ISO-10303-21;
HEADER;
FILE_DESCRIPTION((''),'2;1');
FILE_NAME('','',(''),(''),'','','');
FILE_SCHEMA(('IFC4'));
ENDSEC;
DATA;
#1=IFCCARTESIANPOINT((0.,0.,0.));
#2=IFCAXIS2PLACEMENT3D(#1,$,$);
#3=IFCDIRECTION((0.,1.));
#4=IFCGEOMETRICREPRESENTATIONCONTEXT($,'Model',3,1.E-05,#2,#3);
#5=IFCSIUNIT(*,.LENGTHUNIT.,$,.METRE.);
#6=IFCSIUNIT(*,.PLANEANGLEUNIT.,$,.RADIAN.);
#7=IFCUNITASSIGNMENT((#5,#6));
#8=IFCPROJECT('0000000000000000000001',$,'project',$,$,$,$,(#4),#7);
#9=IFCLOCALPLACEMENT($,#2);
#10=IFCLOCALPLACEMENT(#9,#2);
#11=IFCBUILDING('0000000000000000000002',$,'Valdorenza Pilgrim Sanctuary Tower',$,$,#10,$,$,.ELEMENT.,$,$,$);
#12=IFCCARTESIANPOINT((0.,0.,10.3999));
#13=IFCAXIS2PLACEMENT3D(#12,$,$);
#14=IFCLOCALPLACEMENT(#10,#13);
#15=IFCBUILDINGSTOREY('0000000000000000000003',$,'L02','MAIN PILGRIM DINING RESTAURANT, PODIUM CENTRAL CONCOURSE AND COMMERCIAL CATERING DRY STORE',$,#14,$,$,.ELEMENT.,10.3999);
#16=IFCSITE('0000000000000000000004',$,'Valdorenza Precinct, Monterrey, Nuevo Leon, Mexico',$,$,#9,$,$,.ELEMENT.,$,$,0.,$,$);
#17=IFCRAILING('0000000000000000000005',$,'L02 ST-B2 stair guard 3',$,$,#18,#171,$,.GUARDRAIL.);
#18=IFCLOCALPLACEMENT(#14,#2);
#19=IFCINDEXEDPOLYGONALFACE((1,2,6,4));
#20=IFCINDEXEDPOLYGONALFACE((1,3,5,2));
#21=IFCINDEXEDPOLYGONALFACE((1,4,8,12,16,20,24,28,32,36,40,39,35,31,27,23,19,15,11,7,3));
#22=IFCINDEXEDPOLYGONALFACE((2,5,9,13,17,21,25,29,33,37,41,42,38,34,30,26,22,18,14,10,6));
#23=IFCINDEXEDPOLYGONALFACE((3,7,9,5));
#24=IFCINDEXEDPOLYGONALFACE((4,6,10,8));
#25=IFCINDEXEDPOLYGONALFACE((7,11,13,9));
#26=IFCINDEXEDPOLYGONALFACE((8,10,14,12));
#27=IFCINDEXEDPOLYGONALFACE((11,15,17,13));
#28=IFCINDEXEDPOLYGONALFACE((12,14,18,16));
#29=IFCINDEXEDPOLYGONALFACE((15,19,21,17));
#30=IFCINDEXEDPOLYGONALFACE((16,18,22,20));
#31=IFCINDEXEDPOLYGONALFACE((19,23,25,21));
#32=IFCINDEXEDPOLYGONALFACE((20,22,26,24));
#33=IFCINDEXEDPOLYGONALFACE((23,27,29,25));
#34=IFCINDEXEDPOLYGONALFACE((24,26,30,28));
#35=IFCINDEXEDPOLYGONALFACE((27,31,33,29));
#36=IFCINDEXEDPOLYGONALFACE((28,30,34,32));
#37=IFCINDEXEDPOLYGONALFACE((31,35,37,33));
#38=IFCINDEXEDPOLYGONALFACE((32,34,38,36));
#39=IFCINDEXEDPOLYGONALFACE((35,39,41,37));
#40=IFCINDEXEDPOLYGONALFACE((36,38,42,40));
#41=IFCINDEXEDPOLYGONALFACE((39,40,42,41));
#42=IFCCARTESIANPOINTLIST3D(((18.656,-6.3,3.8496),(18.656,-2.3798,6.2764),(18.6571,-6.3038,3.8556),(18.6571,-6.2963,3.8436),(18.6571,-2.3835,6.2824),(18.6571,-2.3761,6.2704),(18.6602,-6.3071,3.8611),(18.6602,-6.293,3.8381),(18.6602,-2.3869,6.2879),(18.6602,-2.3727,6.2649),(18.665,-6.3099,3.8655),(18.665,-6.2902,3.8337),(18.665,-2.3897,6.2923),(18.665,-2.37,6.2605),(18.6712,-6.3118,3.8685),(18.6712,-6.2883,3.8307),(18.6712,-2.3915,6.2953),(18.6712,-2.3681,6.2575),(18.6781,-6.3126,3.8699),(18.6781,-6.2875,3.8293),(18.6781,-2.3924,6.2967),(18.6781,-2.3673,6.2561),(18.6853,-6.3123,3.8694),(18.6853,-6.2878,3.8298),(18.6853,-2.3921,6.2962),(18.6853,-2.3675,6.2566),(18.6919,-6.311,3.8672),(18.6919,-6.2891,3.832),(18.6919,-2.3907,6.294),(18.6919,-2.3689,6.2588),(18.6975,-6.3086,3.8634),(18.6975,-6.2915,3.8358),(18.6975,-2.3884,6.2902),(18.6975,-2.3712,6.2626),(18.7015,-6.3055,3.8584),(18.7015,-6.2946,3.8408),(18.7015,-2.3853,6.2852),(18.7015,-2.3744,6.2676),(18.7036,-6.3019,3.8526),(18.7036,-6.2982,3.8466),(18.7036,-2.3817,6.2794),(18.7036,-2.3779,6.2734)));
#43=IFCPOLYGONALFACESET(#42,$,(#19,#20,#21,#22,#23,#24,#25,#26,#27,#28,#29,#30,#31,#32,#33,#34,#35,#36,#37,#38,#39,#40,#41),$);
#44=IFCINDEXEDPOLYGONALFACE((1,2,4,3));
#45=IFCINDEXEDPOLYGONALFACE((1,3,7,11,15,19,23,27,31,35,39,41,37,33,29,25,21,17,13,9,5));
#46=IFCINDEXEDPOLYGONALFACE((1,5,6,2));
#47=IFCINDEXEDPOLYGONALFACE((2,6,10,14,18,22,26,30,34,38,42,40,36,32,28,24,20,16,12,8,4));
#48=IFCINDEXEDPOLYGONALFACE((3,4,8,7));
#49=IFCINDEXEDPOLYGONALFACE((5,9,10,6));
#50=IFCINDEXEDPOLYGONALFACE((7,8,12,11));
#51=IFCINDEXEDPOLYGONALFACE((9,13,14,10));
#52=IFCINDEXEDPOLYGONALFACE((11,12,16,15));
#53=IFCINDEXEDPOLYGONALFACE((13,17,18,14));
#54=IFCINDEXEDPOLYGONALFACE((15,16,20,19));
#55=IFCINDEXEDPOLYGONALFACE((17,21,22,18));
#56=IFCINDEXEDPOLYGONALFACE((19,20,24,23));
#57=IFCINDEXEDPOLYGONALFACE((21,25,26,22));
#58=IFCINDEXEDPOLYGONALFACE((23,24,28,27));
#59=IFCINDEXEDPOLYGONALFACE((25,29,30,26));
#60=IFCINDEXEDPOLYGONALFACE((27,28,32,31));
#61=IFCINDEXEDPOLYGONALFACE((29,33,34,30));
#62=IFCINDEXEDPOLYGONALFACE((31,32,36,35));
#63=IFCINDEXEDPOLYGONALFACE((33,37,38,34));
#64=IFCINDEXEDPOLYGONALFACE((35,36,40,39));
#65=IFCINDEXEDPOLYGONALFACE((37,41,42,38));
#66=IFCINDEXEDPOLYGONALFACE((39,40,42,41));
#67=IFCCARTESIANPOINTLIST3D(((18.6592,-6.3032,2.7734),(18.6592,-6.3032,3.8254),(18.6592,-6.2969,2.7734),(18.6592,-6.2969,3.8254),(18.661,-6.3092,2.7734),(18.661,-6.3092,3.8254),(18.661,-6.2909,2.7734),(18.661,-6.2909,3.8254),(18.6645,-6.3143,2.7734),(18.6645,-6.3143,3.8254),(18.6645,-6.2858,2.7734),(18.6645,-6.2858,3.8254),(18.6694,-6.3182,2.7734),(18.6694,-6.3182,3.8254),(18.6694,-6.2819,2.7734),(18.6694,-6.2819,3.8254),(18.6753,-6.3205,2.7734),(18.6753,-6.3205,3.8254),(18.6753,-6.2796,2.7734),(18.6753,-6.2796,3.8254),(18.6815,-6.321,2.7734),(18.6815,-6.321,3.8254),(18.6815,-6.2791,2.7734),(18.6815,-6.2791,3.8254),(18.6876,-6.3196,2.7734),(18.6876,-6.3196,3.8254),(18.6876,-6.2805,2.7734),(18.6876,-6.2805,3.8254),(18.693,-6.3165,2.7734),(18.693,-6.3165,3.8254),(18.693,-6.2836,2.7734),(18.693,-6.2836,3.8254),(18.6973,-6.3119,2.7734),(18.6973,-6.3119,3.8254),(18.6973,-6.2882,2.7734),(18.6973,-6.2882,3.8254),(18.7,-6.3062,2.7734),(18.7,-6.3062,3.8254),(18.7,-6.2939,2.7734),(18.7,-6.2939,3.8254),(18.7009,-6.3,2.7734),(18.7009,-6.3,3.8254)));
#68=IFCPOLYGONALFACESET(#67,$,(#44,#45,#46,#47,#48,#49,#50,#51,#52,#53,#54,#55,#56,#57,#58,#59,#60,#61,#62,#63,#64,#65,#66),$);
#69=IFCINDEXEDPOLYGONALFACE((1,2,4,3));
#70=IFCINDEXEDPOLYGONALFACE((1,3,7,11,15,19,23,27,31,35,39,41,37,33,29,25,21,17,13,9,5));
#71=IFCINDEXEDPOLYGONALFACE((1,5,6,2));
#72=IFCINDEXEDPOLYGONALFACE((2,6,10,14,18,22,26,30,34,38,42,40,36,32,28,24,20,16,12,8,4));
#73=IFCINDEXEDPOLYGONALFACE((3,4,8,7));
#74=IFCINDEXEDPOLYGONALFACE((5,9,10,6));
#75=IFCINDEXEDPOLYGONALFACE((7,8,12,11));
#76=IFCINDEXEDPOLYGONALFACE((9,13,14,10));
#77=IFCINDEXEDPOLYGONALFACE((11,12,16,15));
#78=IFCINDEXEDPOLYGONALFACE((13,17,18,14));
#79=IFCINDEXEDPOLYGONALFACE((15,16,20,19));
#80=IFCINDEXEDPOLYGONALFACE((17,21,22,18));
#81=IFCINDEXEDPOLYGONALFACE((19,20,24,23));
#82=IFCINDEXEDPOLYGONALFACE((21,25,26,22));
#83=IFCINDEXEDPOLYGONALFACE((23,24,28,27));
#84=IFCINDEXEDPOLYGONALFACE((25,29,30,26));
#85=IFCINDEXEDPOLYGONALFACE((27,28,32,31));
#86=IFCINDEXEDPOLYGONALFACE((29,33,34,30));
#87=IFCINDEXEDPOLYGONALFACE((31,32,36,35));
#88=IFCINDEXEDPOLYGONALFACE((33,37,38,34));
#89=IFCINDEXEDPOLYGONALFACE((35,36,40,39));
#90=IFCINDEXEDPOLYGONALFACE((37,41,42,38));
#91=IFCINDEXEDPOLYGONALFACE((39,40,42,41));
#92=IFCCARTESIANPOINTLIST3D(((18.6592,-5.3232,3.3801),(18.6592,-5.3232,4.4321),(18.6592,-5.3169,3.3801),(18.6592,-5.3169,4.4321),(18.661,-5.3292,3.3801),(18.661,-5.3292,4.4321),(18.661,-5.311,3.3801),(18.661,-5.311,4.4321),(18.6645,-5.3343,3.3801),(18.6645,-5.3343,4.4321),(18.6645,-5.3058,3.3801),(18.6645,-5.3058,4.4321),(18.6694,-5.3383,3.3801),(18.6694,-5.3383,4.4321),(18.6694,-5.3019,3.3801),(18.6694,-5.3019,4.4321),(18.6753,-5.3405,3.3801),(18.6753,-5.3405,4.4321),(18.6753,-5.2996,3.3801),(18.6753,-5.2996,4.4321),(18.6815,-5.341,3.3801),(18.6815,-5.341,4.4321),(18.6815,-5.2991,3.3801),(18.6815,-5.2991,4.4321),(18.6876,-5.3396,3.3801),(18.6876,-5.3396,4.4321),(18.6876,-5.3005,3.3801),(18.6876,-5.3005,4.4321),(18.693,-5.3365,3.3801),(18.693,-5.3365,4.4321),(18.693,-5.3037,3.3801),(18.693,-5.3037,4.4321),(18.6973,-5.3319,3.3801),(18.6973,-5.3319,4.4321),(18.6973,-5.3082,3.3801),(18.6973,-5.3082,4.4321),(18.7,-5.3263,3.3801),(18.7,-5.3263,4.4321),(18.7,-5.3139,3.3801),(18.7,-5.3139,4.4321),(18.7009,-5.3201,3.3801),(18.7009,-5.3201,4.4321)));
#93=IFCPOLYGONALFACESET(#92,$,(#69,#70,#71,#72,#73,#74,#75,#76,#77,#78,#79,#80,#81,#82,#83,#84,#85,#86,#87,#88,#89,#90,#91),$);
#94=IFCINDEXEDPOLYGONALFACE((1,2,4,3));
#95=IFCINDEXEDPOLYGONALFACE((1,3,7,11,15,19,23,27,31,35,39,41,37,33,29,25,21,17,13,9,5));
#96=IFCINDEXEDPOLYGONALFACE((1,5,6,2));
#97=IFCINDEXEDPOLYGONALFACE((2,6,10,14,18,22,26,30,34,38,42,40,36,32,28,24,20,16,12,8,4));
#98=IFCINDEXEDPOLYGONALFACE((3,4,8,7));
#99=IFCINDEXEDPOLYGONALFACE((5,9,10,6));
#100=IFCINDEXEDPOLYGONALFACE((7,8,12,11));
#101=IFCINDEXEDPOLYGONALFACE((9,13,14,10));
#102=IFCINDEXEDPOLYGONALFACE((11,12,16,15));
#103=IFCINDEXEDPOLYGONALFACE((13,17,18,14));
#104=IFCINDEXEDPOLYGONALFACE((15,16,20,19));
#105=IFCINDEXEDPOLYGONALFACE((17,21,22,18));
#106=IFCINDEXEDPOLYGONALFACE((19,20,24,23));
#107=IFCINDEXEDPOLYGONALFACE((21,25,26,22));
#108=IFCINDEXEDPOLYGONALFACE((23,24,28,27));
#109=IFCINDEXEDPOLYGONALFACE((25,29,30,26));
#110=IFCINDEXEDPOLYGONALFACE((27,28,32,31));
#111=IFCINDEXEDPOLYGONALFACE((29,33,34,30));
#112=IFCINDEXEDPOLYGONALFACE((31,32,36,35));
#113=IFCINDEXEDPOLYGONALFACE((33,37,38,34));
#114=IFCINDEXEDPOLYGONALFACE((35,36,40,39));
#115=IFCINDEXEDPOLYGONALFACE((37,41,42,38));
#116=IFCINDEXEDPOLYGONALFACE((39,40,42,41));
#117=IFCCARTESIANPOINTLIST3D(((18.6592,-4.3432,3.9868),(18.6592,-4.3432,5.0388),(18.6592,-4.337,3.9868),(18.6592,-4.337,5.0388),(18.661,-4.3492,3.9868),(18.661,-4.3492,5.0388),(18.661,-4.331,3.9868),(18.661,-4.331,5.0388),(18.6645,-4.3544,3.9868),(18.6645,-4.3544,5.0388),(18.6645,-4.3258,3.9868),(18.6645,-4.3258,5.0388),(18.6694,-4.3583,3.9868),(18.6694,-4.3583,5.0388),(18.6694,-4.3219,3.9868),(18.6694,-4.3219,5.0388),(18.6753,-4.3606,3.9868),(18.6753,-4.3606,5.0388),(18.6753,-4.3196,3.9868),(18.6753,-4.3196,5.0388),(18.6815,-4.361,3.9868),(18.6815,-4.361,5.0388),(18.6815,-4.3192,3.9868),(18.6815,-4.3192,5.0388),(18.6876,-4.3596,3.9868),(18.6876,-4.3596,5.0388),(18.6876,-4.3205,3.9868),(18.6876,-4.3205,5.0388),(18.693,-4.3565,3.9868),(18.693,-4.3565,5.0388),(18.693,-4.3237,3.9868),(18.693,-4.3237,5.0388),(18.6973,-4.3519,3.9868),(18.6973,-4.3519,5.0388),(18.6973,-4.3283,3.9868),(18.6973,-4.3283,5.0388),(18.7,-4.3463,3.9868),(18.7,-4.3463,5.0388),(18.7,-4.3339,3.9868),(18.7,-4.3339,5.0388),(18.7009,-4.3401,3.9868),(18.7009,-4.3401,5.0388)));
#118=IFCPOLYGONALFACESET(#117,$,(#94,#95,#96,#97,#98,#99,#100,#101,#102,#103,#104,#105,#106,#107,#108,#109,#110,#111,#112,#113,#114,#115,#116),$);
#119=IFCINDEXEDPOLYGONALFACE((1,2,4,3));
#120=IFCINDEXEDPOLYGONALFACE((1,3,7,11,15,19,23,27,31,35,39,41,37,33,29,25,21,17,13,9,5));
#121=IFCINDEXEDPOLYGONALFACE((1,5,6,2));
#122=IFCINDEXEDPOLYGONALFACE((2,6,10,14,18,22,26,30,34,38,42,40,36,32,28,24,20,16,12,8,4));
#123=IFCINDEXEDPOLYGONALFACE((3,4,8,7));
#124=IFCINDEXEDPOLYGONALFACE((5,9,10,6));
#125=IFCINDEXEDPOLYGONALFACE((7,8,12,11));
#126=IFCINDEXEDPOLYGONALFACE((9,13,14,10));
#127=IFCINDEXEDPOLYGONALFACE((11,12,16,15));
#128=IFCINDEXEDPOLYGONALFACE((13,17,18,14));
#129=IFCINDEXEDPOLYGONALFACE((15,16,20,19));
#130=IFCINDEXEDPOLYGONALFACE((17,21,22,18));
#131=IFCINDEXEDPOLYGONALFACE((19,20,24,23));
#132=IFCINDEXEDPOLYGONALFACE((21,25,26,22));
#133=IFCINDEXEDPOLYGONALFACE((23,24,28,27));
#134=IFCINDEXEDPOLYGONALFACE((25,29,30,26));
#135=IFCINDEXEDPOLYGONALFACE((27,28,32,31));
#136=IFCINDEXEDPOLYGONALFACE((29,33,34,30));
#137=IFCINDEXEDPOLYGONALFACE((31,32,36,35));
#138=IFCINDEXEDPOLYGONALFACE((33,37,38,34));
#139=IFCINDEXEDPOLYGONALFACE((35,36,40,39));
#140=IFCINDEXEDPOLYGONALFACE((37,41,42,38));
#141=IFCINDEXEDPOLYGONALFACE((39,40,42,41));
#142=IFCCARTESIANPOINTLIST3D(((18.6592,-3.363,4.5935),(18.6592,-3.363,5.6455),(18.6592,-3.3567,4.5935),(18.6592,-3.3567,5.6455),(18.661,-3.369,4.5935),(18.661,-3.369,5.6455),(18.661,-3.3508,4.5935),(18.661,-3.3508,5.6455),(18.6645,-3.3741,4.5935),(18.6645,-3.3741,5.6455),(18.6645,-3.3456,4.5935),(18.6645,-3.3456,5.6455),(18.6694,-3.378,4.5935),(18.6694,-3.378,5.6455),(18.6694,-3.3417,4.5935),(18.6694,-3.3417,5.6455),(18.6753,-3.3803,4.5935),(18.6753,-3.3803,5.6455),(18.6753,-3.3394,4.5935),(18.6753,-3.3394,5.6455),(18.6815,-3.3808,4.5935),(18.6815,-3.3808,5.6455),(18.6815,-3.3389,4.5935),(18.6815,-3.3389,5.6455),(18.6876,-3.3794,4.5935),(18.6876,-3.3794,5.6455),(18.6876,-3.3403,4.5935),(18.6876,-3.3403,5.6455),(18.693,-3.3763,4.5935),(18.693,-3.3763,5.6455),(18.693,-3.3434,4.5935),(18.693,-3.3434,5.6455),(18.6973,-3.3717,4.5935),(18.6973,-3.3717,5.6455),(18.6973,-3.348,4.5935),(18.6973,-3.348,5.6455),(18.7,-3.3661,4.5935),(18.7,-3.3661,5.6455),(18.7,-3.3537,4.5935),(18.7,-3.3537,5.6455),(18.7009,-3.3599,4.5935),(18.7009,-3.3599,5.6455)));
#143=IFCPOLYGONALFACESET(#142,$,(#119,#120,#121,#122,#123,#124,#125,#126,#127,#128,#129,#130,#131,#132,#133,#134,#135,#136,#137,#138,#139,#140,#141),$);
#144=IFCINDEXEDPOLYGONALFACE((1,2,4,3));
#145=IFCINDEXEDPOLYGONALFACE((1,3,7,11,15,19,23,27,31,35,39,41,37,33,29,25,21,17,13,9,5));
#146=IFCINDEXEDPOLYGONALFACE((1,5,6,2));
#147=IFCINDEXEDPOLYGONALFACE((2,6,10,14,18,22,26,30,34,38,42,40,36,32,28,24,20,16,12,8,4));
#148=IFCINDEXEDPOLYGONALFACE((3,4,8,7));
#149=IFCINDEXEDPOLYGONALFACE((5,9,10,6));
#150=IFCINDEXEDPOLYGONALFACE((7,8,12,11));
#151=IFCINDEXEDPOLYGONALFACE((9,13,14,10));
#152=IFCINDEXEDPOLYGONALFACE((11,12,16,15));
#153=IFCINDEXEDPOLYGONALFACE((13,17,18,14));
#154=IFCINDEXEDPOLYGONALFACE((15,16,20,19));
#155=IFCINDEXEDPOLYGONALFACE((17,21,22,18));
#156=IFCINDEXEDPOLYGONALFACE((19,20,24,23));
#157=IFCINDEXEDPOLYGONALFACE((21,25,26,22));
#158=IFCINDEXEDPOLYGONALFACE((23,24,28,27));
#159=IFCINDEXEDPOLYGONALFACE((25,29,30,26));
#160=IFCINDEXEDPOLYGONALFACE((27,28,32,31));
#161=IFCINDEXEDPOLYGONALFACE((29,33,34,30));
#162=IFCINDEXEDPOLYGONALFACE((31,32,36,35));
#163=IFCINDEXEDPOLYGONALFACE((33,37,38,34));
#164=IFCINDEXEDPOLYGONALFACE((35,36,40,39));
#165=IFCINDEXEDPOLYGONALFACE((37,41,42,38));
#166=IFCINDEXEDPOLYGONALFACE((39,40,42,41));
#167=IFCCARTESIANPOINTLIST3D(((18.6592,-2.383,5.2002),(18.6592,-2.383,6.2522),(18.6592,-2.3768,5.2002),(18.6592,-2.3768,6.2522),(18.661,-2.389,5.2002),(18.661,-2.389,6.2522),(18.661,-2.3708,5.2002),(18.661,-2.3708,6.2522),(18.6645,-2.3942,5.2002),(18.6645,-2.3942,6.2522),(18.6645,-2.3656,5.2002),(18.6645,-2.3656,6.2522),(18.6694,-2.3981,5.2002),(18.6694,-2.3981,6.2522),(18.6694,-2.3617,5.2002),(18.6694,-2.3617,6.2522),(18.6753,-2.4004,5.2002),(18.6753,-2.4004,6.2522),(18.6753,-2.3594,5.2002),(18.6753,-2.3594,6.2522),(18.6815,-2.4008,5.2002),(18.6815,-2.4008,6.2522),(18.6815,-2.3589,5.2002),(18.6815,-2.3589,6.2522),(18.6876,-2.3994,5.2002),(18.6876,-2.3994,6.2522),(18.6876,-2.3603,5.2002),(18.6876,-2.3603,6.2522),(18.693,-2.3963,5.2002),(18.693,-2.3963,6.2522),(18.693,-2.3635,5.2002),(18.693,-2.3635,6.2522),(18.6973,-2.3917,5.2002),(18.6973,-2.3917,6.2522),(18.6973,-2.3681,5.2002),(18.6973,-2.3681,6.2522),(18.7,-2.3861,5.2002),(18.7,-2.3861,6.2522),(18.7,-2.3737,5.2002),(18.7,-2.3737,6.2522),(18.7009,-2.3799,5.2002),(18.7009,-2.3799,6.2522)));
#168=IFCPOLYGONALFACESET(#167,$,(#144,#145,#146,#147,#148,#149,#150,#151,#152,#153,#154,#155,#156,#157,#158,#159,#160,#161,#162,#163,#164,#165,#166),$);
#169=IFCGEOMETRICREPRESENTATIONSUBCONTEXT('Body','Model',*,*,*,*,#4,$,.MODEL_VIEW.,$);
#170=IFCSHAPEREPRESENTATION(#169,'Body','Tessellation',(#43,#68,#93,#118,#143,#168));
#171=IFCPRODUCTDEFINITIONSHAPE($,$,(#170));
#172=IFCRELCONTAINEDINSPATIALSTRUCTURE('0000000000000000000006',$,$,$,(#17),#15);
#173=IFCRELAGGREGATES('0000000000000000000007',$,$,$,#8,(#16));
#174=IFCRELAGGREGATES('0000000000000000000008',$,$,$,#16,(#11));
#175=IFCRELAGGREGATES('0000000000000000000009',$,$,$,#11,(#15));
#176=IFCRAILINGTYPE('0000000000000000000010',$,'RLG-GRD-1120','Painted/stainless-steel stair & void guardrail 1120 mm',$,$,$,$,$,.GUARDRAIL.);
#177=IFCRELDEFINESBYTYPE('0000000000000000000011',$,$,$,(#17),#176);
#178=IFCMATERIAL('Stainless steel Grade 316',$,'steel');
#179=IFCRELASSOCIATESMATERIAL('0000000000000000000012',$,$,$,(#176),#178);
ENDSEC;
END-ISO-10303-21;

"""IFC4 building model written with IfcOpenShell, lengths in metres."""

from ifc_helpers import new_model, si_unit, direction, frame, origin, origin_2d, place, context, subcontext, project, spatial, circle, extrude, material, type_object, element, save


model = new_model("IFC4")

# Units and contexts
model_context = context("Model", 3, precision=1e-05, world=origin(), true_north=direction((0.0, 1.0)))
body_context = subcontext(model_context, "Body", "Model", "MODEL_VIEW")
ifc_project = project(units=[si_unit("LENGTHUNIT", "METRE"), si_unit("PLANEANGLEUNIT", "RADIAN")], contexts=[model_context])

# Site, building, storey
site_placement = place(None, origin())
site = spatial("IfcSite", under=ifc_project, at=site_placement, Name="Valdorenza Precinct, Monterrey, Nuevo Leon, Mexico", CompositionType="ELEMENT", RefElevation=0.0)
building_placement = place(site_placement, origin())
building = spatial("IfcBuilding", under=site, at=building_placement, Name="Valdorenza Pilgrim Sanctuary Tower", CompositionType="ELEMENT")
storey_placement = place(building_placement, frame((0.0, 0.0, 10.3999)))
storey = spatial("IfcBuildingStorey", under=building, at=storey_placement, Name="L02", Description="MAIN PILGRIM DINING RESTAURANT, PODIUM CENTRAL CONCOURSE AND COMMERCIAL CATERING DRY STORE", CompositionType="ELEMENT", Elevation=10.3999)

# Railing
ifc_material_1 = material(Name="Stainless steel Grade 316", Category="steel")
railing_type_1 = type_object("IfcRailingType", Name="RLG-GRD-1120", Description="Painted/stainless-steel stair & void guardrail 1120 mm", PredefinedType="GUARDRAIL", material=ifc_material_1)
railing_1_placement = place(storey_placement, frame((18.6799, -6.3, 2.7734)))
element("IfcRailing", 1, at=railing_1_placement, inside=storey, type_object=railing_type_1, Name="L02 ST-B2 stair guard 3", PredefinedType="GUARDRAIL", context=body_context, shape_type="SweptSolid", body=[
    extrude(circle(Radius=0.0239, at=origin_2d()), frame((0.0, 0.0, 1.0762), z_axis=(0.0, 0.850266, 0.526353), x_axis=(-1.0, 0.0, 0.0)), (0.0, 0.0, 1.0), 4.6106),
    extrude(circle(Radius=0.021, at=origin_2d()), origin(), (0.0, 0.0, 1.0), 1.052),
    extrude(circle(Radius=0.021, at=origin_2d()), frame((0.0, 0.98, 0.6067)), (0.0, 0.0, 1.0), 1.052),
    extrude(circle(Radius=0.021, at=origin_2d()), frame((0.0, 1.96, 1.2134)), (0.0, 0.0, 1.0), 1.052),
    extrude(circle(Radius=0.021, at=origin_2d()), frame((0.0, 2.9402, 1.8201)), (0.0, 0.0, 1.0), 1.052),
    extrude(circle(Radius=0.021, at=origin_2d()), frame((0.0, 3.9202, 2.4268)), (0.0, 0.0, 1.0), 1.052),
])

save(model, "model.ifc")
